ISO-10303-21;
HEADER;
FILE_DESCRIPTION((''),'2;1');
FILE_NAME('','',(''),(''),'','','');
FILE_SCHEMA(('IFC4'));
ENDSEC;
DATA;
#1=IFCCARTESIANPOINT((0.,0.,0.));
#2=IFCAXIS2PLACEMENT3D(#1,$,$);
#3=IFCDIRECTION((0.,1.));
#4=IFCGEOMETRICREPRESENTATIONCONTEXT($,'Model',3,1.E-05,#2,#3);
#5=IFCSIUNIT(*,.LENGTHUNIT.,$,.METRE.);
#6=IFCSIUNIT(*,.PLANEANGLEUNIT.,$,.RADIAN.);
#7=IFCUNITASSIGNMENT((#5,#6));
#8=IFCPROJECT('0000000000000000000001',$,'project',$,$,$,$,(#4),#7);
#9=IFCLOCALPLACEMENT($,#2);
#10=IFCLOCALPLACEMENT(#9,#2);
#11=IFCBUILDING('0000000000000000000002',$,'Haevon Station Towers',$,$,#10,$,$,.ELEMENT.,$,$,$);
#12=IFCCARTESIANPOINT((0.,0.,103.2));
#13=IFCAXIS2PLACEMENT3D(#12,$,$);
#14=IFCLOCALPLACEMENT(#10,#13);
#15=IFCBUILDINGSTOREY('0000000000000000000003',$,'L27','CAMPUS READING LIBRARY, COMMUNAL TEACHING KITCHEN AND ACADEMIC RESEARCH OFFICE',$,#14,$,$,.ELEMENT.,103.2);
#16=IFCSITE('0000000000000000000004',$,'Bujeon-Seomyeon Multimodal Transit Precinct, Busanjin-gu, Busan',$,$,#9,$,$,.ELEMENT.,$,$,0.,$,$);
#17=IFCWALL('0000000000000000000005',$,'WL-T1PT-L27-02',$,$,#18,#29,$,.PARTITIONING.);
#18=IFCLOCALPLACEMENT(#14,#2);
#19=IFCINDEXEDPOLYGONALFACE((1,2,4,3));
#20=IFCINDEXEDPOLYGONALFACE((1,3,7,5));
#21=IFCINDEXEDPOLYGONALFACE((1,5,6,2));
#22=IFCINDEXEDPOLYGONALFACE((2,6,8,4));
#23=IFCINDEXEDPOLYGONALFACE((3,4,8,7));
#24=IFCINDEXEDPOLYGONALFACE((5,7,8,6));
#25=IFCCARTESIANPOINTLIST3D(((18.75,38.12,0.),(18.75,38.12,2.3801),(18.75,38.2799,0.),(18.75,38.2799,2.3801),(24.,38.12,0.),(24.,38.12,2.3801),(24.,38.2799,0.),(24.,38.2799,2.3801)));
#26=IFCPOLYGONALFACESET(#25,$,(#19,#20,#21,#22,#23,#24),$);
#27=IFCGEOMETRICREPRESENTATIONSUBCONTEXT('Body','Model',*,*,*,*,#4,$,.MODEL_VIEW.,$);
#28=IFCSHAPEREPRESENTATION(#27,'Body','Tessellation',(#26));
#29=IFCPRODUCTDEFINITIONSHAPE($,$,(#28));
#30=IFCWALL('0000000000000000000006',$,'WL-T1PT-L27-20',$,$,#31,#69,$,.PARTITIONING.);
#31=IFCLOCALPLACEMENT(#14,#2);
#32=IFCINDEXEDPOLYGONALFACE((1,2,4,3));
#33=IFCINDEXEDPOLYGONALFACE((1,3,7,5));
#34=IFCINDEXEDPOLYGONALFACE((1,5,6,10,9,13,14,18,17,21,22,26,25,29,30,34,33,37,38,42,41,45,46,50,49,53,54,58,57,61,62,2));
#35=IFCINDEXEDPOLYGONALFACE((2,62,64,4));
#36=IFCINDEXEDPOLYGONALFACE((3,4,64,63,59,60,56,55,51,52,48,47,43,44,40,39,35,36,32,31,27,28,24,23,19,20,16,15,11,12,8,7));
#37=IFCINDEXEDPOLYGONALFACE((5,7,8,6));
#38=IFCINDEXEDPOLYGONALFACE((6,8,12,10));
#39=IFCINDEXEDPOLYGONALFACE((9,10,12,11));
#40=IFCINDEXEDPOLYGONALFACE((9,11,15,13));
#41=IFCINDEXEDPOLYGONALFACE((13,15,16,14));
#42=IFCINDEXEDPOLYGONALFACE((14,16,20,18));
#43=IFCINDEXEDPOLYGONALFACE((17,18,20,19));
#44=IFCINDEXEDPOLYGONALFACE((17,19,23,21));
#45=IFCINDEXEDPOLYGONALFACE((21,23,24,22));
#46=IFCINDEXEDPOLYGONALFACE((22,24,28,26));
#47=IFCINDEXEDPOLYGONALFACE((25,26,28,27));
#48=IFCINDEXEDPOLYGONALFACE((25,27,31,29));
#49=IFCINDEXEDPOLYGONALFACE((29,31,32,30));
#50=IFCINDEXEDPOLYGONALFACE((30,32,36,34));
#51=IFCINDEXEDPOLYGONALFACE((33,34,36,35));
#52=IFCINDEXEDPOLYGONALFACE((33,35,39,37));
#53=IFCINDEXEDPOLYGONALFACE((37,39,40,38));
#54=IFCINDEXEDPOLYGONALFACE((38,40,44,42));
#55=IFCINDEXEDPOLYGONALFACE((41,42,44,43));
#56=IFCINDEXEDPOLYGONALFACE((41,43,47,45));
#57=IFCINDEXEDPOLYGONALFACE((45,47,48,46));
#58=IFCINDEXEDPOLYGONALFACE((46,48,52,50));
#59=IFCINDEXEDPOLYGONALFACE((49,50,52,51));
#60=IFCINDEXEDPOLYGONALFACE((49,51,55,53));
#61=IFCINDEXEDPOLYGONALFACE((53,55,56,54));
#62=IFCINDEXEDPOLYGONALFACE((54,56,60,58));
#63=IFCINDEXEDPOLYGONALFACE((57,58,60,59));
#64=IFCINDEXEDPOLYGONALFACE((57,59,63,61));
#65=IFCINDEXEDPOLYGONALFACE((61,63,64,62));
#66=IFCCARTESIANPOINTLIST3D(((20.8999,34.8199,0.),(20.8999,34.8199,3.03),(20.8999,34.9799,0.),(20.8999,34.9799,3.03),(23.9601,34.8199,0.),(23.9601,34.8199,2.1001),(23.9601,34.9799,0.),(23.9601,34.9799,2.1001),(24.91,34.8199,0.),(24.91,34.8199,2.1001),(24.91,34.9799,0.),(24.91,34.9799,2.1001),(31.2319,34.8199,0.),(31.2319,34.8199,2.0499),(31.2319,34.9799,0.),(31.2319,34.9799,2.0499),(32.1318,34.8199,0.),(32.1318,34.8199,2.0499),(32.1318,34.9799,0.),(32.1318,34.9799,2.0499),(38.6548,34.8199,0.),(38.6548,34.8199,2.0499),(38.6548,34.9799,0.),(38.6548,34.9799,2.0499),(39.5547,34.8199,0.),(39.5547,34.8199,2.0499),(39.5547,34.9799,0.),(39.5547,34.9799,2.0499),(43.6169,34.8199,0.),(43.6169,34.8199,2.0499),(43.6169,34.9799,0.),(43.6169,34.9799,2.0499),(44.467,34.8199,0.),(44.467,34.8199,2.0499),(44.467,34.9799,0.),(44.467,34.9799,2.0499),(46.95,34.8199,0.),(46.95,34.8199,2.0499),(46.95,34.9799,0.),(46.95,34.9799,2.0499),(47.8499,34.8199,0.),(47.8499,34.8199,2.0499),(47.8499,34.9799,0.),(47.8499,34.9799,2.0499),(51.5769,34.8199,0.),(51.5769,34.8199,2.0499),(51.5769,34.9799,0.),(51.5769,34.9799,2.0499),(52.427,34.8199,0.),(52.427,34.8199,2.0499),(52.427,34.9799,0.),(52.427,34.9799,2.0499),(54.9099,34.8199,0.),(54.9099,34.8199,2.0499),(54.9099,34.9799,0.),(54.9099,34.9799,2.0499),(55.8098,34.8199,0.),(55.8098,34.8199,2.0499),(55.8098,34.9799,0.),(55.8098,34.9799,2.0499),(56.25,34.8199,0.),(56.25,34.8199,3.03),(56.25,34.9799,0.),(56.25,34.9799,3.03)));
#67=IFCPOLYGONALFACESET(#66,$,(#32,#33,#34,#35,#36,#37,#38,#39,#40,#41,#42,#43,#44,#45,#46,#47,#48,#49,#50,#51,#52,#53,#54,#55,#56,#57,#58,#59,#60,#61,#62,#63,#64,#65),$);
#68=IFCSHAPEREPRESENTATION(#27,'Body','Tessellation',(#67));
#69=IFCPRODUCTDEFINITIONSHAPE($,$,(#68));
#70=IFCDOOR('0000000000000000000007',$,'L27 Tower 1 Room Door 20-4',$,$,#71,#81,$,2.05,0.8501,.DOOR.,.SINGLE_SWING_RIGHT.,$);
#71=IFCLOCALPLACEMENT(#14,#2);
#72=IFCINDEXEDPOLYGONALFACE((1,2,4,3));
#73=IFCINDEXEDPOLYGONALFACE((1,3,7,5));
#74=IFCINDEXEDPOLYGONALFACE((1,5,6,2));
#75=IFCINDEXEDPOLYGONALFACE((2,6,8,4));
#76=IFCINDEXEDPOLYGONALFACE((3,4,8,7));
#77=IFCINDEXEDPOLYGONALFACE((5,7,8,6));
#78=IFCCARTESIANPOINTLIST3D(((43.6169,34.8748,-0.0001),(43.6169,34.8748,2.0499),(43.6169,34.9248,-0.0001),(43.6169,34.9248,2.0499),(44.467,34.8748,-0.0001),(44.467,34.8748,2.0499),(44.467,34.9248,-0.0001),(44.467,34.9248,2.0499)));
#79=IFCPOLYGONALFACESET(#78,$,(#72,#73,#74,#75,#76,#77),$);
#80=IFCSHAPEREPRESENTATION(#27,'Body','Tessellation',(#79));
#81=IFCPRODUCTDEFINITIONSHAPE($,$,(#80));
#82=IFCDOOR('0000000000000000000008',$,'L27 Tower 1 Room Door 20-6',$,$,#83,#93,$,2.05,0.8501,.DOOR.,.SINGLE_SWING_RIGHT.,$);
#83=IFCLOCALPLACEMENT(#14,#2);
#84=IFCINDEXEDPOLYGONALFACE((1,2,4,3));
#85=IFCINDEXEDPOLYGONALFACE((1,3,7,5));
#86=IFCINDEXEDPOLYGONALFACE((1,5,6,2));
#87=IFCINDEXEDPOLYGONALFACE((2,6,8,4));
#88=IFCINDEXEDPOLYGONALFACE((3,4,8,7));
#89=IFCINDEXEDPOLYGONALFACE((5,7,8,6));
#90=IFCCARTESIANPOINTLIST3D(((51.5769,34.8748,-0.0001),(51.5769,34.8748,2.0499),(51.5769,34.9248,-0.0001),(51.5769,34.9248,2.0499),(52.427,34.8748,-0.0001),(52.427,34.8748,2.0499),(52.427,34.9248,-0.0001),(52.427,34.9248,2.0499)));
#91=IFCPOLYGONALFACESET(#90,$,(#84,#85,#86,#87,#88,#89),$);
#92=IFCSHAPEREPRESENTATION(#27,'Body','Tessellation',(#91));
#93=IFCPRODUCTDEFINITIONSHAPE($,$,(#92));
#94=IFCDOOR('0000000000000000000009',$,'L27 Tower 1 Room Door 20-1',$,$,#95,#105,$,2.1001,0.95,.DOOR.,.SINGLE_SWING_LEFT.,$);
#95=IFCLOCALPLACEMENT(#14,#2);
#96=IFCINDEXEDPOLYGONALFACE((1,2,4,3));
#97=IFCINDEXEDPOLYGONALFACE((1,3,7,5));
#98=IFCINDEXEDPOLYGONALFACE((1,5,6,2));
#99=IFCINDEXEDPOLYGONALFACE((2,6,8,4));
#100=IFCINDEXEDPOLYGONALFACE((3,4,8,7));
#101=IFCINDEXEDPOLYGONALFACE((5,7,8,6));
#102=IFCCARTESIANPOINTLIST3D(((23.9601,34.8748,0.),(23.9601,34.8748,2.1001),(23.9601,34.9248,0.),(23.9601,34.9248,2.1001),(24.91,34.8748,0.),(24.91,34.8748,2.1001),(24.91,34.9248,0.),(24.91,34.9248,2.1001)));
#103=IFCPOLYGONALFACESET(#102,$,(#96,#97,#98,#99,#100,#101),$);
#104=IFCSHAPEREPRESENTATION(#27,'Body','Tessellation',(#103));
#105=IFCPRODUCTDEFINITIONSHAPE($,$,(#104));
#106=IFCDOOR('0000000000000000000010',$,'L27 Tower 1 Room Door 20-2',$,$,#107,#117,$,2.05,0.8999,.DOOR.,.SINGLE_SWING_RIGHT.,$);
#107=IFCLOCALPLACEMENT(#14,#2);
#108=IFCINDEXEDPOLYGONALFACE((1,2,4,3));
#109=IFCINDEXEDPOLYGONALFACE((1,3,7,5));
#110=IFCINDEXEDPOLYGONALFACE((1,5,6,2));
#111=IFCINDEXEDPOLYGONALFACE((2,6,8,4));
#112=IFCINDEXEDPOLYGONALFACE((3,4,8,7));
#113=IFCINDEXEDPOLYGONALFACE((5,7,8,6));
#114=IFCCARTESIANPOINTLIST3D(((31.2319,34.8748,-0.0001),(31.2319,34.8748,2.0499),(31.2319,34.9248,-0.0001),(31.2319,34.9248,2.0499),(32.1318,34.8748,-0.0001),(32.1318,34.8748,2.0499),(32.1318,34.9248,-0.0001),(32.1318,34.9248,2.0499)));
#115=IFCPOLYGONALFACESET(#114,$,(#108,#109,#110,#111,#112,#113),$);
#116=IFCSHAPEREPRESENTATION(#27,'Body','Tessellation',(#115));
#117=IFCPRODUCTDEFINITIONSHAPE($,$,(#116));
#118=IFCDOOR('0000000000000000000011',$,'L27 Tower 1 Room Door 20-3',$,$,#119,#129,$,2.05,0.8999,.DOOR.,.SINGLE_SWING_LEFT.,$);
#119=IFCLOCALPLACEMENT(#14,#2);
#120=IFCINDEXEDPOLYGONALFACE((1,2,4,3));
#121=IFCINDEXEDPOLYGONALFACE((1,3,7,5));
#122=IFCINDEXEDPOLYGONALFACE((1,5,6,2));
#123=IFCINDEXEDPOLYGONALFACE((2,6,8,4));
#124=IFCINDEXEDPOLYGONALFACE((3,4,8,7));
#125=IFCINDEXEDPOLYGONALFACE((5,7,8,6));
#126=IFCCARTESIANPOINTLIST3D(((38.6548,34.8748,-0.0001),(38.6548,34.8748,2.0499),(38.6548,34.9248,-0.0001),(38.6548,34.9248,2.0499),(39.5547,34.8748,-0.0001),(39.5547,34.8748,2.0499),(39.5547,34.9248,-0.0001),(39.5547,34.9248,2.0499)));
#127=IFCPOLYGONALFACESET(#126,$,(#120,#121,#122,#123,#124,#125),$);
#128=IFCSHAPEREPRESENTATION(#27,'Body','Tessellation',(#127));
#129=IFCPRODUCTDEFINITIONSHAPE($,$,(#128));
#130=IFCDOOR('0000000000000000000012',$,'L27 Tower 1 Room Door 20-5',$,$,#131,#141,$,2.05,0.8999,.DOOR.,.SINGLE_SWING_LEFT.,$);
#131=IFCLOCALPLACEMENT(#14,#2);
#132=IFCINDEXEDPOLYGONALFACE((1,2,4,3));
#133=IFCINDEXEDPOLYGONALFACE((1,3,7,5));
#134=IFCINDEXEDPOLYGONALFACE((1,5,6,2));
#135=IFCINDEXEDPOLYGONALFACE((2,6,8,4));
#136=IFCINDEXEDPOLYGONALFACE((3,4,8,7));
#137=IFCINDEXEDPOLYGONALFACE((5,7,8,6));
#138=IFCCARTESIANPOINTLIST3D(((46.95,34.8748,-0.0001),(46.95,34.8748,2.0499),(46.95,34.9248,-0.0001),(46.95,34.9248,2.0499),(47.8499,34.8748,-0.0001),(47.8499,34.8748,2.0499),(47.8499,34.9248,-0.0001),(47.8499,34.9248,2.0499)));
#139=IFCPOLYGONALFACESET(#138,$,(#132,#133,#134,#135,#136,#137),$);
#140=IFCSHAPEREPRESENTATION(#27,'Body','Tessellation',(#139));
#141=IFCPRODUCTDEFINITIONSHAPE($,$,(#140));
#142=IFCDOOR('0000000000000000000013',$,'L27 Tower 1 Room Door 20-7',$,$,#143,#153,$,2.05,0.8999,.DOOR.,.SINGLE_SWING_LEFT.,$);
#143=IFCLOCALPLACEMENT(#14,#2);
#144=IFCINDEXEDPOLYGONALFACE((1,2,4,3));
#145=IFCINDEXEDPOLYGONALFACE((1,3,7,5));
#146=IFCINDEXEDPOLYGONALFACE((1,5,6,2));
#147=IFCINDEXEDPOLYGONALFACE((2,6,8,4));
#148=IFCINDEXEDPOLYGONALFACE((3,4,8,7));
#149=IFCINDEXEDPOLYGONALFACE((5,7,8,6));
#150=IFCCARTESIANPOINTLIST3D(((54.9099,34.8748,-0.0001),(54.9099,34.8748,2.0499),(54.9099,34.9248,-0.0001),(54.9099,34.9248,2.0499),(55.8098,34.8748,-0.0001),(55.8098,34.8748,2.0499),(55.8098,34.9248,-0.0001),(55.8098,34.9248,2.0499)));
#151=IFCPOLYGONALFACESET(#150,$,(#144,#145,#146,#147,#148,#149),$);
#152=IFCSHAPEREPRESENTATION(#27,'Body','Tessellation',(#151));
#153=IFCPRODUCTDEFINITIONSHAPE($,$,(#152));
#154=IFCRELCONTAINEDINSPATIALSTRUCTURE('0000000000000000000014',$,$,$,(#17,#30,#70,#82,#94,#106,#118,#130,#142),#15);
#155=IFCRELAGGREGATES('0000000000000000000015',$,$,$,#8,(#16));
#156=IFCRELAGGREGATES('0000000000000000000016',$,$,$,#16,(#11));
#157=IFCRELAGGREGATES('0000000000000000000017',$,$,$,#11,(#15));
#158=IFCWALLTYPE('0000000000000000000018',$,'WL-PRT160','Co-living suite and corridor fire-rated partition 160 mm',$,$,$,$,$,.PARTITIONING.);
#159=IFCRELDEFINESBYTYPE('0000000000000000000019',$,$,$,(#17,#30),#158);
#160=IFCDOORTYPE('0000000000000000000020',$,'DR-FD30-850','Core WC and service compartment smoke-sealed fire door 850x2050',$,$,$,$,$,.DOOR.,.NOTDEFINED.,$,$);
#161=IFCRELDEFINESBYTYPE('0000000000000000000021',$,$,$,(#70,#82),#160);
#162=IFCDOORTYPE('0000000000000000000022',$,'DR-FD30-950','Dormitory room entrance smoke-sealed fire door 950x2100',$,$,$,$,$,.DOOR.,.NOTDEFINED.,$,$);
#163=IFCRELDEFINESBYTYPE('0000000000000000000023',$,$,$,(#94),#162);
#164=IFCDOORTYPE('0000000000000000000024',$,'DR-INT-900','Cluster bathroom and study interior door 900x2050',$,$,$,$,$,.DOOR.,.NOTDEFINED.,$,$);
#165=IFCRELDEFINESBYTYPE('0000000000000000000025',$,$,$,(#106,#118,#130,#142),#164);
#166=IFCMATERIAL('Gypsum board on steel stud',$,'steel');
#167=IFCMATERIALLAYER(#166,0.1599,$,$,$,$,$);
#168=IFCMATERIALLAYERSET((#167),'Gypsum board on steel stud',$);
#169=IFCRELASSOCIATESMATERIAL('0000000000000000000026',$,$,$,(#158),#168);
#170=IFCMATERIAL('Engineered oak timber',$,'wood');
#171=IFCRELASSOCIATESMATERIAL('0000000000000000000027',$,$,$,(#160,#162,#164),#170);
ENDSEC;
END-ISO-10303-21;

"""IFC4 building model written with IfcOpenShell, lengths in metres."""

from ifc_helpers import new_model, si_unit, direction, frame, frame_2d, origin, place, context, subcontext, project, spatial, rectangle, extrude, material, layer, layer_set, type_object, element, fill, save


model = new_model("IFC4")

# Units and contexts
model_context = context("Model", 3, precision=1e-05, world=origin(), true_north=direction((0.0, 1.0)))
body_context = subcontext(model_context, "Body", "Model", "MODEL_VIEW")
ifc_project = project(units=[si_unit("LENGTHUNIT", "METRE"), si_unit("PLANEANGLEUNIT", "RADIAN")], contexts=[model_context])

# Site, building, storey
site_placement = place(None, origin())
site = spatial("IfcSite", under=ifc_project, at=site_placement, Name="Bujeon-Seomyeon Multimodal Transit Precinct, Busanjin-gu, Busan", CompositionType="ELEMENT", RefElevation=0.0)
building_placement = place(site_placement, origin())
building = spatial("IfcBuilding", under=site, at=building_placement, Name="Haevon Station Towers", CompositionType="ELEMENT")
storey_placement = place(building_placement, frame((0.0, 0.0, 103.2)))
storey = spatial("IfcBuildingStorey", under=building, at=storey_placement, Name="L27", Description="CAMPUS READING LIBRARY, COMMUNAL TEACHING KITCHEN AND ACADEMIC RESEARCH OFFICE", CompositionType="ELEMENT", Elevation=103.2)

# Wall
ifc_material_1 = material(Name="Gypsum board on steel stud", Category="steel")
ifc_layer_1 = layer(ifc_material_1, 0.1599)
ifc_layer_set_1 = layer_set([ifc_layer_1], Name="Gypsum board on steel stud")
wall_type_1 = type_object("IfcWallType", Name="WL-PRT160", Description="Co-living suite and corridor fire-rated partition 160 mm", PredefinedType="PARTITIONING", material=ifc_layer_set_1)
wall_1_placement = place(storey_placement, frame((18.75, 38.2, 0.0), z_axis=(0.0, 0.0, 1.0), x_axis=(1.0, 0.0, 0.0)))
element("IfcWall", 1, at=wall_1_placement, inside=storey, type_object=wall_type_1, Name="WL-T1PT-L27-02", PredefinedType="PARTITIONING", context=body_context, shape_type="SweptSolid", body=[
    extrude(rectangle(XDim=5.25, YDim=0.1599, at=frame_2d((2.625, 0.0))), origin(), (0.0, 0.0, 1.0), 2.3801),
])

# Wall, openings, doors
wall_2_placement = place(storey_placement, frame((20.8999, 34.8999, 0.0), z_axis=(0.0, 0.0, 1.0), x_axis=(1.0, 0.0, 0.0)))
wall_2 = element("IfcWall", 2, at=wall_2_placement, inside=storey, type_object=wall_type_1, Name="WL-T1PT-L27-20", PredefinedType="PARTITIONING", context=body_context, shape_type="SweptSolid", body=[
    extrude(rectangle(XDim=35.3501, YDim=0.1599, at=frame_2d((17.675, 0.0))), origin(), (0.0, 0.0, 1.0), 3.03),
])
opening_1_placement = place(wall_2_placement, frame((3.0601, 0.0, 0.0)))
opening_1 = element("IfcOpeningElement", 3, at=opening_1_placement, cuts=wall_2, PredefinedType="OPENING", context=body_context, shape_type="SweptSolid", body=[
    extrude(rectangle(XDim=0.95, YDim=2.1001, at=frame_2d((0.4751, 1.05))), frame((0.0, 0.0898, 0.0), z_axis=(0.0, -1.0, 0.0), x_axis=(1.0, 0.0, 0.0)), (0.0, 0.0, 1.0), 0.1799),
])
opening_2_placement = place(wall_2_placement, frame((10.332, 0.0, 0.0)))
opening_2 = element("IfcOpeningElement", 4, at=opening_2_placement, cuts=wall_2, PredefinedType="OPENING", context=body_context, shape_type="SweptSolid", body=[
    extrude(rectangle(XDim=0.8999, YDim=2.05, at=frame_2d((0.45, 1.0249))), frame((0.0, 0.0898, 0.0), z_axis=(0.0, -1.0, 0.0), x_axis=(1.0, 0.0, 0.0)), (0.0, 0.0, 1.0), 0.1799),
])
opening_3_placement = place(wall_2_placement, frame((17.7549, 0.0, 0.0)))
opening_3 = element("IfcOpeningElement", 5, at=opening_3_placement, cuts=wall_2, PredefinedType="OPENING", context=body_context, shape_type="SweptSolid", body=[
    extrude(rectangle(XDim=0.8999, YDim=2.05, at=frame_2d((0.45, 1.0249))), frame((0.0, 0.0898, 0.0), z_axis=(0.0, -1.0, 0.0), x_axis=(1.0, 0.0, 0.0)), (0.0, 0.0, 1.0), 0.1799),
])
opening_4_placement = place(wall_2_placement, frame((22.717, 0.0, 0.0)))
opening_4 = element("IfcOpeningElement", 6, at=opening_4_placement, cuts=wall_2, PredefinedType="OPENING", context=body_context, shape_type="SweptSolid", body=[
    extrude(rectangle(XDim=0.8501, YDim=2.05, at=frame_2d((0.425, 1.0249))), frame((0.0, 0.0898, 0.0), z_axis=(0.0, -1.0, 0.0), x_axis=(1.0, 0.0, 0.0)), (0.0, 0.0, 1.0), 0.1799),
])
opening_5_placement = place(wall_2_placement, frame((26.05, 0.0, 0.0)))
opening_5 = element("IfcOpeningElement", 7, at=opening_5_placement, cuts=wall_2, PredefinedType="OPENING", context=body_context, shape_type="SweptSolid", body=[
    extrude(rectangle(XDim=0.8999, YDim=2.05, at=frame_2d((0.45, 1.0249))), frame((0.0, 0.0898, 0.0), z_axis=(0.0, -1.0, 0.0), x_axis=(1.0, 0.0, 0.0)), (0.0, 0.0, 1.0), 0.1799),
])
opening_6_placement = place(wall_2_placement, frame((30.677, 0.0, 0.0)))
opening_6 = element("IfcOpeningElement", 8, at=opening_6_placement, cuts=wall_2, PredefinedType="OPENING", context=body_context, shape_type="SweptSolid", body=[
    extrude(rectangle(XDim=0.8501, YDim=2.05, at=frame_2d((0.425, 1.0249))), frame((0.0, 0.0898, 0.0), z_axis=(0.0, -1.0, 0.0), x_axis=(1.0, 0.0, 0.0)), (0.0, 0.0, 1.0), 0.1799),
])
opening_7_placement = place(wall_2_placement, frame((34.01, 0.0, 0.0)))
opening_7 = element("IfcOpeningElement", 9, at=opening_7_placement, cuts=wall_2, PredefinedType="OPENING", context=body_context, shape_type="SweptSolid", body=[
    extrude(rectangle(XDim=0.8999, YDim=2.05, at=frame_2d((0.45, 1.0249))), frame((0.0, 0.0898, 0.0), z_axis=(0.0, -1.0, 0.0), x_axis=(1.0, 0.0, 0.0)), (0.0, 0.0, 1.0), 0.1799),
])
ifc_material_2 = material(Name="Engineered oak timber", Category="wood")
door_type_1 = type_object("IfcDoorType", Name="DR-FD30-850", Description="Core WC and service compartment smoke-sealed fire door 850x2050", OperationType="NOTDEFINED", PredefinedType="DOOR", material=ifc_material_2)
door_1_placement = place(opening_4_placement, origin())
door_1 = element("IfcDoor", 10, at=door_1_placement, inside=storey, type_object=door_type_1, Name="L27 Tower 1 Room Door 20-4", OperationType="SINGLE_SWING_RIGHT", OverallHeight=2.05, OverallWidth=0.8501, PredefinedType="DOOR", context=body_context, shape_type="SweptSolid", body=[
    extrude(rectangle(XDim=0.8501, YDim=2.05, at=frame_2d((0.425, 1.0249))), frame((0.0, 0.0249, 0.0), z_axis=(0.0, -1.0, 0.0), x_axis=(1.0, 0.0, 0.0)), (0.0, 0.0, 1.0), 0.05),
])
fill(opening_4, door_1)
door_2_placement = place(opening_6_placement, origin())
door_2 = element("IfcDoor", 11, at=door_2_placement, inside=storey, type_object=door_type_1, Name="L27 Tower 1 Room Door 20-6", OperationType="SINGLE_SWING_RIGHT", OverallHeight=2.05, OverallWidth=0.8501, PredefinedType="DOOR", context=body_context, shape_type="SweptSolid", body=[
    extrude(rectangle(XDim=0.8501, YDim=2.05, at=frame_2d((0.425, 1.0249))), frame((0.0, 0.0249, 0.0), z_axis=(0.0, -1.0, 0.0), x_axis=(1.0, 0.0, 0.0)), (0.0, 0.0, 1.0), 0.05),
])
fill(opening_6, door_2)
door_type_2 = type_object("IfcDoorType", Name="DR-FD30-950", Description="Dormitory room entrance smoke-sealed fire door 950x2100", OperationType="NOTDEFINED", PredefinedType="DOOR", material=ifc_material_2)
door_3_placement = place(opening_1_placement, origin())
door_3 = element("IfcDoor", 12, at=door_3_placement, inside=storey, type_object=door_type_2, Name="L27 Tower 1 Room Door 20-1", OperationType="SINGLE_SWING_LEFT", OverallHeight=2.1001, OverallWidth=0.95, PredefinedType="DOOR", context=body_context, shape_type="SweptSolid", body=[
    extrude(rectangle(XDim=0.95, YDim=2.1001, at=frame_2d((0.4751, 1.05))), frame((0.0, 0.0249, 0.0), z_axis=(0.0, -1.0, 0.0), x_axis=(1.0, 0.0, 0.0)), (0.0, 0.0, 1.0), 0.05),
])
fill(opening_1, door_3)
door_type_3 = type_object("IfcDoorType", Name="DR-INT-900", Description="Cluster bathroom and study interior door 900x2050", OperationType="NOTDEFINED", PredefinedType="DOOR", material=ifc_material_2)
door_4_placement = place(opening_2_placement, origin())
door_4 = element("IfcDoor", 13, at=door_4_placement, inside=storey, type_object=door_type_3, Name="L27 Tower 1 Room Door 20-2", OperationType="SINGLE_SWING_RIGHT", OverallHeight=2.05, OverallWidth=0.8999, PredefinedType="DOOR", context=body_context, shape_type="SweptSolid", body=[
    extrude(rectangle(XDim=0.8999, YDim=2.05, at=frame_2d((0.45, 1.0249))), frame((0.0, 0.0249, 0.0), z_axis=(0.0, -1.0, 0.0), x_axis=(1.0, 0.0, 0.0)), (0.0, 0.0, 1.0), 0.05),
])
fill(opening_2, door_4)
door_5_placement = place(opening_3_placement, origin())
door_5 = element("IfcDoor", 14, at=door_5_placement, inside=storey, type_object=door_type_3, Name="L27 Tower 1 Room Door 20-3", OperationType="SINGLE_SWING_LEFT", OverallHeight=2.05, OverallWidth=0.8999, PredefinedType="DOOR", context=body_context, shape_type="SweptSolid", body=[
    extrude(rectangle(XDim=0.8999, YDim=2.05, at=frame_2d((0.45, 1.0249))), frame((0.0, 0.0249, 0.0), z_axis=(0.0, -1.0, 0.0), x_axis=(1.0, 0.0, 0.0)), (0.0, 0.0, 1.0), 0.05),
])
fill(opening_3, door_5)
door_6_placement = place(opening_5_placement, origin())
door_6 = element("IfcDoor", 15, at=door_6_placement, inside=storey, type_object=door_type_3, Name="L27 Tower 1 Room Door 20-5", OperationType="SINGLE_SWING_LEFT", OverallHeight=2.05, OverallWidth=0.8999, PredefinedType="DOOR", context=body_context, shape_type="SweptSolid", body=[
    extrude(rectangle(XDim=0.8999, YDim=2.05, at=frame_2d((0.45, 1.0249))), frame((0.0, 0.0249, 0.0), z_axis=(0.0, -1.0, 0.0), x_axis=(1.0, 0.0, 0.0)), (0.0, 0.0, 1.0), 0.05),
])
fill(opening_5, door_6)
door_7_placement = place(opening_7_placement, origin())
door_7 = element("IfcDoor", 16, at=door_7_placement, inside=storey, type_object=door_type_3, Name="L27 Tower 1 Room Door 20-7", OperationType="SINGLE_SWING_LEFT", OverallHeight=2.05, OverallWidth=0.8999, PredefinedType="DOOR", context=body_context, shape_type="SweptSolid", body=[
    extrude(rectangle(XDim=0.8999, YDim=2.05, at=frame_2d((0.45, 1.0249))), frame((0.0, 0.0249, 0.0), z_axis=(0.0, -1.0, 0.0), x_axis=(1.0, 0.0, 0.0)), (0.0, 0.0, 1.0), 0.05),
])
fill(opening_7, door_7)

save(model, "model.ifc")
